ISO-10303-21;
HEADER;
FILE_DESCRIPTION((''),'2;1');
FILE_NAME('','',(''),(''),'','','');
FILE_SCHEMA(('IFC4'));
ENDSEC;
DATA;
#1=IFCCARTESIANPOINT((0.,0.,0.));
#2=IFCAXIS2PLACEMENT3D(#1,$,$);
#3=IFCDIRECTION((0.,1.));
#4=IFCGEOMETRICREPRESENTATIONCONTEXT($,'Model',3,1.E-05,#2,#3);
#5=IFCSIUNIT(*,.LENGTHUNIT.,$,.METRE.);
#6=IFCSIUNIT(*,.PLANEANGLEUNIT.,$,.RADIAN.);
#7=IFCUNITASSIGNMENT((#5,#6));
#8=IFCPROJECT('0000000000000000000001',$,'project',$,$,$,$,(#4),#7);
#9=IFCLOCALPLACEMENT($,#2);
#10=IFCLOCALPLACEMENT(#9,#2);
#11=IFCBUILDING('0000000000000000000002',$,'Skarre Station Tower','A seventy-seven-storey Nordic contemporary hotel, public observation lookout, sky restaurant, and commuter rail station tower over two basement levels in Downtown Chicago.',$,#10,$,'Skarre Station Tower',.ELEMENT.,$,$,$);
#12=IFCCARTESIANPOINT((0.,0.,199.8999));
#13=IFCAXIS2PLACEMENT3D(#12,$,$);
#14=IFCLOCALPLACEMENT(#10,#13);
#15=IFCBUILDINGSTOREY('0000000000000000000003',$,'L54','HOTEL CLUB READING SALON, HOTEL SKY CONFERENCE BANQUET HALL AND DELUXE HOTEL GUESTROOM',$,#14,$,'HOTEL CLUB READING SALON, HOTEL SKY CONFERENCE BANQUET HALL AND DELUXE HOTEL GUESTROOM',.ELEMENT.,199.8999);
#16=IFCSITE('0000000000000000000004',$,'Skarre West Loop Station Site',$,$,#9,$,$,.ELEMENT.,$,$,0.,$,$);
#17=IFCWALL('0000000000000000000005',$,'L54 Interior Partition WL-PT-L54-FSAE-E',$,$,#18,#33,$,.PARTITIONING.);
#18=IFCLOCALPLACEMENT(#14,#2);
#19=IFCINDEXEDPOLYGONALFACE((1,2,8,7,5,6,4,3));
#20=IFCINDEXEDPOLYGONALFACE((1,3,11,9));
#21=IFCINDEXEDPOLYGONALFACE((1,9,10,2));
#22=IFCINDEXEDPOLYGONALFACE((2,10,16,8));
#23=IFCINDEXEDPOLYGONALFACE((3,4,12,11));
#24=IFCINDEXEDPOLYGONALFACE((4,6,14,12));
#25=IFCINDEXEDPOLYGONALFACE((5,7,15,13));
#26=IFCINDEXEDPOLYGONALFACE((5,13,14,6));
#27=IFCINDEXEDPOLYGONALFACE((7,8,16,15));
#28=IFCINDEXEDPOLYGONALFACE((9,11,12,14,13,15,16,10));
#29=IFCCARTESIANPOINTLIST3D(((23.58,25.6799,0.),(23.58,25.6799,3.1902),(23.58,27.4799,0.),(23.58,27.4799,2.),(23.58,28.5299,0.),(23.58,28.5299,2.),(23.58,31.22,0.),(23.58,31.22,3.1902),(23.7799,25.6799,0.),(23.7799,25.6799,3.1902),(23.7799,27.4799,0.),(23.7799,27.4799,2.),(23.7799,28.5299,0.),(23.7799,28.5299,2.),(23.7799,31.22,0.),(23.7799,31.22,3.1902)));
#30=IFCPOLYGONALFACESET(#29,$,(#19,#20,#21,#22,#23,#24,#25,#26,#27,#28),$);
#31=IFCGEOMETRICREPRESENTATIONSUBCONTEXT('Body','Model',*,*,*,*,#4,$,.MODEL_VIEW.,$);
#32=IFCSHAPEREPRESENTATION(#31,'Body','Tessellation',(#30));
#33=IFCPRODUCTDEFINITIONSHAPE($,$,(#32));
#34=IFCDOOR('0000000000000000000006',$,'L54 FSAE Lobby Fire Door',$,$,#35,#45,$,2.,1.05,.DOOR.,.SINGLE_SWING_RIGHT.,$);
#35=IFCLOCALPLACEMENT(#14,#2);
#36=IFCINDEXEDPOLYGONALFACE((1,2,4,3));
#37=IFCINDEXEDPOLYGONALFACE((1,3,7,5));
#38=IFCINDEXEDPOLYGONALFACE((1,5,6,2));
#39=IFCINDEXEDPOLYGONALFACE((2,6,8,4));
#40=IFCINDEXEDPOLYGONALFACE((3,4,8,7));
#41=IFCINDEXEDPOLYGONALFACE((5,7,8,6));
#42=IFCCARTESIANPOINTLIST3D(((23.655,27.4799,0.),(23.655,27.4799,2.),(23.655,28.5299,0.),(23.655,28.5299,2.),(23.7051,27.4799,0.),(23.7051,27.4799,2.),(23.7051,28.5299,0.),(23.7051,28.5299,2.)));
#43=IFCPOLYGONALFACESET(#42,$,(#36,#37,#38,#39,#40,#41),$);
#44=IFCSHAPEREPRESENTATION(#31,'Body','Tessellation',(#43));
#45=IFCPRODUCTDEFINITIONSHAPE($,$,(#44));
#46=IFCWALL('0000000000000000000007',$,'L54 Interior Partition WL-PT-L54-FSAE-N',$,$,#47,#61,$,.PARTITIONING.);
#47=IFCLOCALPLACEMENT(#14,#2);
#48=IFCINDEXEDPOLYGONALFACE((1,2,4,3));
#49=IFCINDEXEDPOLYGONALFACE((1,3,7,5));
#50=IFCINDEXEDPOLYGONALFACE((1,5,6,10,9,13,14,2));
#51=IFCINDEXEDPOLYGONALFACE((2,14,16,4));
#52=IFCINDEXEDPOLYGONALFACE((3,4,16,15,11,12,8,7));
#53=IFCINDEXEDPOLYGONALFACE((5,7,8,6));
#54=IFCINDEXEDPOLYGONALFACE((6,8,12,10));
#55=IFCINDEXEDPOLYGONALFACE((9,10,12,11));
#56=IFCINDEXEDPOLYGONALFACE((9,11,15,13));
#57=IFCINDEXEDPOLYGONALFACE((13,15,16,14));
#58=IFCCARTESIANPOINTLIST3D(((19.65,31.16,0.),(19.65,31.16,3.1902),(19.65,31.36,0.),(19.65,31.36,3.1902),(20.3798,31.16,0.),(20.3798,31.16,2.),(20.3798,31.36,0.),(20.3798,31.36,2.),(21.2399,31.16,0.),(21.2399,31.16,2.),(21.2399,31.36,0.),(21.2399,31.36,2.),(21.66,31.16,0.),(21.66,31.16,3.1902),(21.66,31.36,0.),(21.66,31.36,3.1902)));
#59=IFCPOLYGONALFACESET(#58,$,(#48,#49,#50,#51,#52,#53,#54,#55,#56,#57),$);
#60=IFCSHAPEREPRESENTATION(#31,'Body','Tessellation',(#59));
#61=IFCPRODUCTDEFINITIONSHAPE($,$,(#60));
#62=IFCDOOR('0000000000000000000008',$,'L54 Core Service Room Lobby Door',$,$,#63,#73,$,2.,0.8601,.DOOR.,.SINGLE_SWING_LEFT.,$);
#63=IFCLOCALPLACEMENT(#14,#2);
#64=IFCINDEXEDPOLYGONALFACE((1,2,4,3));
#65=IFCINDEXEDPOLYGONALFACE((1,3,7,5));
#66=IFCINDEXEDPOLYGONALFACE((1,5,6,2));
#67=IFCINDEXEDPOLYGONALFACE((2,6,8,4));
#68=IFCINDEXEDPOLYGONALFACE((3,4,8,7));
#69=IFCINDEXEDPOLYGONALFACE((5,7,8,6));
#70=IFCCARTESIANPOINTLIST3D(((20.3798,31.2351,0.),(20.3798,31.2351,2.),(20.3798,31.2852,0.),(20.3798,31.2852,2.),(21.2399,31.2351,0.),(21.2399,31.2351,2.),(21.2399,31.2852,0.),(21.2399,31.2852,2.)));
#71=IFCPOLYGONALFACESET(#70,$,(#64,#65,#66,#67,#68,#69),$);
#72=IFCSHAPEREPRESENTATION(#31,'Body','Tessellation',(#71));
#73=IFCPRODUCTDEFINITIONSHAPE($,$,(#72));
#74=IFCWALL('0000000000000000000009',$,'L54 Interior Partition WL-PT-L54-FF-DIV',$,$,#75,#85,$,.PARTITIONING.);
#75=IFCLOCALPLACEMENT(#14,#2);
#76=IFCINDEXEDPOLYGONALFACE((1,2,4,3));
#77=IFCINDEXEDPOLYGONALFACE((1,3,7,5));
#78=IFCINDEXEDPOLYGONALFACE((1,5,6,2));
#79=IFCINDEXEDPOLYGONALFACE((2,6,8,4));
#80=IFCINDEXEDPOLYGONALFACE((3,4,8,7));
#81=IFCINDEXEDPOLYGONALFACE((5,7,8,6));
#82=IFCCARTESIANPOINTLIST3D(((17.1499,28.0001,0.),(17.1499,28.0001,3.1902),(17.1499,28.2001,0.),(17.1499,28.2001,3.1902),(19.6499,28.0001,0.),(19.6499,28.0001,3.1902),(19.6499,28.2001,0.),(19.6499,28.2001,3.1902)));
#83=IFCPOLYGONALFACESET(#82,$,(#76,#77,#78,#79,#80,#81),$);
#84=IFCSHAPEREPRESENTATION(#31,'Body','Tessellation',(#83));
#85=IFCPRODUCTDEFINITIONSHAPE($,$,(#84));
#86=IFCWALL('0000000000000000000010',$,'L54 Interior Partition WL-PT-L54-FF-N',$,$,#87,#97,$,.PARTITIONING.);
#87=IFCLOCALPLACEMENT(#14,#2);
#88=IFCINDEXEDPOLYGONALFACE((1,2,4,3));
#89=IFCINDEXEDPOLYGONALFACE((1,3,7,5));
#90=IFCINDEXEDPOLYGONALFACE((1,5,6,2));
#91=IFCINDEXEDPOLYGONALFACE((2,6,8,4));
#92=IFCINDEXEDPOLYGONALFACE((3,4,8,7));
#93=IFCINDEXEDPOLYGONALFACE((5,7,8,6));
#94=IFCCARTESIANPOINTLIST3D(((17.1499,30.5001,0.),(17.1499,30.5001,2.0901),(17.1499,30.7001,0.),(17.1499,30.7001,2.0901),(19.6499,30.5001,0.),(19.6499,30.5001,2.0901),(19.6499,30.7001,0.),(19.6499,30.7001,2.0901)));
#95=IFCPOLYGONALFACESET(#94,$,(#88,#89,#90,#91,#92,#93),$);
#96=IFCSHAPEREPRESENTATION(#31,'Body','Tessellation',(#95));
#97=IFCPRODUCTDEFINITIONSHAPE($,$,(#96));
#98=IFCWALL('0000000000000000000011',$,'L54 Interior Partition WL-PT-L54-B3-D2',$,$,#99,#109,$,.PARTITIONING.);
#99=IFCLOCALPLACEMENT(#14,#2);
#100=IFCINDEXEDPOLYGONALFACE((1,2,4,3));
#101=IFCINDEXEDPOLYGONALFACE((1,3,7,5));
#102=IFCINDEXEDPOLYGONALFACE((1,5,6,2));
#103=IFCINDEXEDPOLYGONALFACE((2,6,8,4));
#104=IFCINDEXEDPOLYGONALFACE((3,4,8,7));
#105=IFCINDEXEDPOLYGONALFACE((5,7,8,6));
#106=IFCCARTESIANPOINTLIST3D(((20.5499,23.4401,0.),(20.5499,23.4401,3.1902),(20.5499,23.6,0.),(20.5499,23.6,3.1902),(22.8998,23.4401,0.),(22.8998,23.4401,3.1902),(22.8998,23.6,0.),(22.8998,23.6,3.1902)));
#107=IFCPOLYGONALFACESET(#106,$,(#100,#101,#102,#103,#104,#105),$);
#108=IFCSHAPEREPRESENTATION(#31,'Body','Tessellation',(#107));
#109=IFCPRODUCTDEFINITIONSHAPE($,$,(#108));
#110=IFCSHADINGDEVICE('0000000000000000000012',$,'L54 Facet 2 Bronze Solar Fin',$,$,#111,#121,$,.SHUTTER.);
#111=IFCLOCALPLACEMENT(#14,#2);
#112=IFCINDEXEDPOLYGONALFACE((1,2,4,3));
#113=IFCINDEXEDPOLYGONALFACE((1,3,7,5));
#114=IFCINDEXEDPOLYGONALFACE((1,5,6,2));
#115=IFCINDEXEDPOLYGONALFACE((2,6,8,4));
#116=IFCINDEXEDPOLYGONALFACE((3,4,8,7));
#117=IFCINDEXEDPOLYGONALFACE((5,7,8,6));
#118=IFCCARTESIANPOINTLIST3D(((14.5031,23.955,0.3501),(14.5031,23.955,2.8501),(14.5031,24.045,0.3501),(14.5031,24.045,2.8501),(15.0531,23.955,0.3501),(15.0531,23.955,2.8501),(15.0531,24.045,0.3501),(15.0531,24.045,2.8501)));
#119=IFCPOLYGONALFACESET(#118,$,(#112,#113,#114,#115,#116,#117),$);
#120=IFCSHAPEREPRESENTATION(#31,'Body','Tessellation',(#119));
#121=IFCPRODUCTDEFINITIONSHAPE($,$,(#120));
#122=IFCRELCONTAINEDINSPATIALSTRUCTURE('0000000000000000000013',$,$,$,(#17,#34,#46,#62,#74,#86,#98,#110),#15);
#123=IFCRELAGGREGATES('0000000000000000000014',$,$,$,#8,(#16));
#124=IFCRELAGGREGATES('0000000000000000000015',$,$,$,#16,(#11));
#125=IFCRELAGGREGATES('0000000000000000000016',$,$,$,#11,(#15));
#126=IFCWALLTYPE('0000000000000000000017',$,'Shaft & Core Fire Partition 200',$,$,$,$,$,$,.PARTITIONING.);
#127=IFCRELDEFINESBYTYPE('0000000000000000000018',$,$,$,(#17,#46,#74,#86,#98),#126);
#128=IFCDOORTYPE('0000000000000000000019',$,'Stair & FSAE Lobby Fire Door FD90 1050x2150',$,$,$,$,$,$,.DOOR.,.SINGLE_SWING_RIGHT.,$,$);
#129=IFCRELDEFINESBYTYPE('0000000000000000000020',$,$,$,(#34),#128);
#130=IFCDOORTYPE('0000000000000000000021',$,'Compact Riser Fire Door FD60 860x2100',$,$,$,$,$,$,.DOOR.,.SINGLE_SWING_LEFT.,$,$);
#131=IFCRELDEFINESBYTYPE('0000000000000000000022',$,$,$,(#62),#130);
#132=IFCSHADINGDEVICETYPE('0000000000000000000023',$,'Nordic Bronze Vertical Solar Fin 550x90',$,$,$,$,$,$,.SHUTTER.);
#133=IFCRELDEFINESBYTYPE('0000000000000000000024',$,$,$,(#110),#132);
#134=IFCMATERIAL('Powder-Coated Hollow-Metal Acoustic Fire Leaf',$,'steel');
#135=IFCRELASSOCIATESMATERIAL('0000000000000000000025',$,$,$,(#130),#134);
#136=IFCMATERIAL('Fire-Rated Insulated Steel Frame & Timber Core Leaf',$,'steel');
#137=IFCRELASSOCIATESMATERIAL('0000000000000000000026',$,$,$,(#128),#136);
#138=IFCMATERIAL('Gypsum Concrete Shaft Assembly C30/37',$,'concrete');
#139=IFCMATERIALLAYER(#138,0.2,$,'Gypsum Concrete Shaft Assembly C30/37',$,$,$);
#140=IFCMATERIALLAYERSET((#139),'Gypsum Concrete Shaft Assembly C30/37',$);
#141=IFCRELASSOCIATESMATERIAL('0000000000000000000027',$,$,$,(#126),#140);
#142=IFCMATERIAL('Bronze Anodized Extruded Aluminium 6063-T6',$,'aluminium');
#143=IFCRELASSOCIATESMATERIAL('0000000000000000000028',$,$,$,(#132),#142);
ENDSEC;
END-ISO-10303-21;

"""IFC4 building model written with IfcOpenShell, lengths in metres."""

from ifc_helpers import new_model, si_unit, direction, frame, frame_2d, origin, origin_2d, place, context, subcontext, project, spatial, rectangle, extrude, material, layer, layer_set, type_object, element, fill, save


model = new_model("IFC4")

# Units and contexts
model_context = context("Model", 3, precision=1e-05, world=origin(), true_north=direction((0.0, 1.0)))
body_context = subcontext(model_context, "Body", "Model", "MODEL_VIEW")
ifc_project = project(units=[si_unit("LENGTHUNIT", "METRE"), si_unit("PLANEANGLEUNIT", "RADIAN")], contexts=[model_context])

# Site, building, storey
site_placement = place(None, origin())
site = spatial("IfcSite", under=ifc_project, at=site_placement, Name="Skarre West Loop Station Site", CompositionType="ELEMENT", RefElevation=0.0)
building_placement = place(site_placement, origin())
building = spatial("IfcBuilding", under=site, at=building_placement, Name="Skarre Station Tower", Description="A seventy-seven-storey Nordic contemporary hotel, public observation lookout, sky restaurant, and commuter rail station tower over two basement levels in Downtown Chicago.", LongName="Skarre Station Tower", CompositionType="ELEMENT")
storey_placement = place(building_placement, frame((0.0, 0.0, 199.8999)))
storey = spatial("IfcBuildingStorey", under=building, at=storey_placement, Name="L54", Description="HOTEL CLUB READING SALON, HOTEL SKY CONFERENCE BANQUET HALL AND DELUXE HOTEL GUESTROOM", LongName="HOTEL CLUB READING SALON, HOTEL SKY CONFERENCE BANQUET HALL AND DELUXE HOTEL GUESTROOM", CompositionType="ELEMENT", Elevation=199.8999)

# Shared definitions
ifc_material_1 = material(Name="Powder-Coated Hollow-Metal Acoustic Fire Leaf", Category="steel")
door_type_1 = type_object("IfcDoorType", Name="Compact Riser Fire Door FD60 860x2100", OperationType="SINGLE_SWING_LEFT", PredefinedType="DOOR", material=ifc_material_1)

# Shared definitions
ifc_material_2 = material(Name="Fire-Rated Insulated Steel Frame & Timber Core Leaf", Category="steel")
door_type_2 = type_object("IfcDoorType", Name="Stair & FSAE Lobby Fire Door FD90 1050x2150", OperationType="SINGLE_SWING_RIGHT", PredefinedType="DOOR", material=ifc_material_2)

# Shared definitions
ifc_material_3 = material(Name="Gypsum Concrete Shaft Assembly C30/37", Category="concrete")
ifc_layer_1 = layer(ifc_material_3, 0.2, Name="Gypsum Concrete Shaft Assembly C30/37")
ifc_layer_set_1 = layer_set([ifc_layer_1], Name="Gypsum Concrete Shaft Assembly C30/37")
wall_type_1 = type_object("IfcWallType", Name="Shaft & Core Fire Partition 200", PredefinedType="PARTITIONING", material=ifc_layer_set_1)

# Walls, openings, doors
wall_1_placement = place(storey_placement, frame((23.6799, 25.6799, 0.0), z_axis=(0.0, 0.0, 1.0), x_axis=(0.0, 1.0, 0.0)))
wall_1 = element("IfcWall", 1, at=wall_1_placement, inside=storey, type_object=wall_type_1, Name="L54 Interior Partition WL-PT-L54-FSAE-E", PredefinedType="PARTITIONING", context=body_context, shape_type="SweptSolid", body=[
    extrude(rectangle(XDim=5.54, YDim=0.2, at=frame_2d((2.77, 0.0))), origin(), (0.0, 0.0, 1.0), 3.1902),
])
opening_1_placement = place(wall_1_placement, frame((1.8, 0.0, 0.0)))
opening_1 = element("IfcOpeningElement", 2, at=opening_1_placement, cuts=wall_1, PredefinedType="OPENING", context=body_context, shape_type="SweptSolid", body=[
    extrude(rectangle(XDim=1.05, YDim=2.0, at=frame_2d((0.5249, 1.0))), frame((0.0, 0.1099, 0.0), z_axis=(0.0, -1.0, 0.0), x_axis=(1.0, 0.0, 0.0)), (0.0, 0.0, 1.0), 0.22),
])
door_1_placement = place(opening_1_placement, origin())
door_1 = element("IfcDoor", 3, at=door_1_placement, inside=storey, type_object=door_type_2, Name="L54 FSAE Lobby Fire Door", OperationType="SINGLE_SWING_RIGHT", OverallHeight=2.0, OverallWidth=1.05, PredefinedType="DOOR", context=body_context, shape_type="SweptSolid", body=[
    extrude(rectangle(XDim=1.05, YDim=2.0, at=frame_2d((0.5249, 1.0))), frame((0.0, 0.0249, 0.0), z_axis=(0.0, -1.0, 0.0), x_axis=(1.0, 0.0, 0.0)), (0.0, 0.0, 1.0), 0.05),
])
fill(opening_1, door_1)
wall_2_placement = place(storey_placement, frame((21.6599, 31.26, 0.0), z_axis=(0.0, 0.0, 1.0), x_axis=(-1.0, 0.0, 0.0)))
wall_2 = element("IfcWall", 4, at=wall_2_placement, inside=storey, type_object=wall_type_1, Name="L54 Interior Partition WL-PT-L54-FSAE-N", PredefinedType="PARTITIONING", context=body_context, shape_type="SweptSolid", body=[
    extrude(rectangle(XDim=2.01, YDim=0.2, at=frame_2d((1.0049, 0.0))), origin(), (0.0, 0.0, 1.0), 3.1902),
])
opening_2_placement = place(wall_2_placement, frame((0.4199, 0.0, 0.0)))
opening_2 = element("IfcOpeningElement", 5, at=opening_2_placement, cuts=wall_2, PredefinedType="OPENING", context=body_context, shape_type="SweptSolid", body=[
    extrude(rectangle(XDim=0.8601, YDim=2.0, at=frame_2d((0.4302, 1.0))), frame((0.0, 0.1099, 0.0), z_axis=(0.0, -1.0, 0.0), x_axis=(1.0, 0.0, 0.0)), (0.0, 0.0, 1.0), 0.22),
])
door_2_placement = place(opening_2_placement, origin())
door_2 = element("IfcDoor", 6, at=door_2_placement, inside=storey, type_object=door_type_1, Name="L54 Core Service Room Lobby Door", OperationType="SINGLE_SWING_LEFT", OverallHeight=2.0, OverallWidth=0.8601, PredefinedType="DOOR", context=body_context, shape_type="SweptSolid", body=[
    extrude(rectangle(XDim=0.8601, YDim=2.0, at=frame_2d((0.4302, 1.0))), frame((0.0, 0.0249, 0.0), z_axis=(0.0, -1.0, 0.0), x_axis=(1.0, 0.0, 0.0)), (0.0, 0.0, 1.0), 0.05),
])
fill(opening_2, door_2)

# Walls
wall_3_placement = place(storey_placement, frame((17.1499, 28.1001, 0.0), z_axis=(0.0, 0.0, 1.0), x_axis=(1.0, 0.0, 0.0)))
element("IfcWall", 7, at=wall_3_placement, inside=storey, type_object=wall_type_1, Name="L54 Interior Partition WL-PT-L54-FF-DIV", PredefinedType="PARTITIONING", context=body_context, shape_type="SweptSolid", body=[
    extrude(rectangle(XDim=2.5, YDim=0.2, at=frame_2d((1.25, 0.0))), origin(), (0.0, 0.0, 1.0), 3.1902),
])
wall_4_placement = place(storey_placement, frame((19.6499, 30.6001, 0.0), z_axis=(0.0, 0.0, 1.0), x_axis=(-1.0, 0.0, 0.0)))
element("IfcWall", 8, at=wall_4_placement, inside=storey, type_object=wall_type_1, Name="L54 Interior Partition WL-PT-L54-FF-N", PredefinedType="PARTITIONING", context=body_context, shape_type="SweptSolid", body=[
    extrude(rectangle(XDim=2.5, YDim=0.2, at=frame_2d((1.25, 0.0))), origin(), (0.0, 0.0, 1.0), 2.0901),
])
wall_5_placement = place(storey_placement, frame((20.55, 23.52, 0.0), z_axis=(0.0, 0.0, 1.0), x_axis=(1.0, 0.0, 0.0)))
element("IfcWall", 9, at=wall_5_placement, inside=storey, type_object=wall_type_1, Name="L54 Interior Partition WL-PT-L54-B3-D2", PredefinedType="PARTITIONING", context=body_context, shape_type="SweptSolid", body=[
    extrude(rectangle(XDim=2.3499, YDim=0.1599, at=frame_2d((1.1748, 0.0))), origin(), (0.0, 0.0, 1.0), 3.1902),
])

# Shading device
ifc_material_4 = material(Name="Bronze Anodized Extruded Aluminium 6063-T6", Category="aluminium")
shading_device_type = type_object("IfcShadingDeviceType", Name="Nordic Bronze Vertical Solar Fin 550x90", PredefinedType="SHUTTER", material=ifc_material_4)
shading_device_placement = place(storey_placement, frame((14.7781, 24.0, 0.3501), z_axis=(0.0, 0.0, 1.0), x_axis=(-1.0, 0.0, 0.0)))
element("IfcShadingDevice", 10, at=shading_device_placement, inside=storey, type_object=shading_device_type, Name="L54 Facet 2 Bronze Solar Fin", PredefinedType="SHUTTER", context=body_context, shape_type="SweptSolid", body=[
    extrude(rectangle(XDim=0.55, YDim=0.0901, at=origin_2d()), origin(), (0.0, 0.0, 1.0), 2.5),
])

save(model, "model.ifc")
